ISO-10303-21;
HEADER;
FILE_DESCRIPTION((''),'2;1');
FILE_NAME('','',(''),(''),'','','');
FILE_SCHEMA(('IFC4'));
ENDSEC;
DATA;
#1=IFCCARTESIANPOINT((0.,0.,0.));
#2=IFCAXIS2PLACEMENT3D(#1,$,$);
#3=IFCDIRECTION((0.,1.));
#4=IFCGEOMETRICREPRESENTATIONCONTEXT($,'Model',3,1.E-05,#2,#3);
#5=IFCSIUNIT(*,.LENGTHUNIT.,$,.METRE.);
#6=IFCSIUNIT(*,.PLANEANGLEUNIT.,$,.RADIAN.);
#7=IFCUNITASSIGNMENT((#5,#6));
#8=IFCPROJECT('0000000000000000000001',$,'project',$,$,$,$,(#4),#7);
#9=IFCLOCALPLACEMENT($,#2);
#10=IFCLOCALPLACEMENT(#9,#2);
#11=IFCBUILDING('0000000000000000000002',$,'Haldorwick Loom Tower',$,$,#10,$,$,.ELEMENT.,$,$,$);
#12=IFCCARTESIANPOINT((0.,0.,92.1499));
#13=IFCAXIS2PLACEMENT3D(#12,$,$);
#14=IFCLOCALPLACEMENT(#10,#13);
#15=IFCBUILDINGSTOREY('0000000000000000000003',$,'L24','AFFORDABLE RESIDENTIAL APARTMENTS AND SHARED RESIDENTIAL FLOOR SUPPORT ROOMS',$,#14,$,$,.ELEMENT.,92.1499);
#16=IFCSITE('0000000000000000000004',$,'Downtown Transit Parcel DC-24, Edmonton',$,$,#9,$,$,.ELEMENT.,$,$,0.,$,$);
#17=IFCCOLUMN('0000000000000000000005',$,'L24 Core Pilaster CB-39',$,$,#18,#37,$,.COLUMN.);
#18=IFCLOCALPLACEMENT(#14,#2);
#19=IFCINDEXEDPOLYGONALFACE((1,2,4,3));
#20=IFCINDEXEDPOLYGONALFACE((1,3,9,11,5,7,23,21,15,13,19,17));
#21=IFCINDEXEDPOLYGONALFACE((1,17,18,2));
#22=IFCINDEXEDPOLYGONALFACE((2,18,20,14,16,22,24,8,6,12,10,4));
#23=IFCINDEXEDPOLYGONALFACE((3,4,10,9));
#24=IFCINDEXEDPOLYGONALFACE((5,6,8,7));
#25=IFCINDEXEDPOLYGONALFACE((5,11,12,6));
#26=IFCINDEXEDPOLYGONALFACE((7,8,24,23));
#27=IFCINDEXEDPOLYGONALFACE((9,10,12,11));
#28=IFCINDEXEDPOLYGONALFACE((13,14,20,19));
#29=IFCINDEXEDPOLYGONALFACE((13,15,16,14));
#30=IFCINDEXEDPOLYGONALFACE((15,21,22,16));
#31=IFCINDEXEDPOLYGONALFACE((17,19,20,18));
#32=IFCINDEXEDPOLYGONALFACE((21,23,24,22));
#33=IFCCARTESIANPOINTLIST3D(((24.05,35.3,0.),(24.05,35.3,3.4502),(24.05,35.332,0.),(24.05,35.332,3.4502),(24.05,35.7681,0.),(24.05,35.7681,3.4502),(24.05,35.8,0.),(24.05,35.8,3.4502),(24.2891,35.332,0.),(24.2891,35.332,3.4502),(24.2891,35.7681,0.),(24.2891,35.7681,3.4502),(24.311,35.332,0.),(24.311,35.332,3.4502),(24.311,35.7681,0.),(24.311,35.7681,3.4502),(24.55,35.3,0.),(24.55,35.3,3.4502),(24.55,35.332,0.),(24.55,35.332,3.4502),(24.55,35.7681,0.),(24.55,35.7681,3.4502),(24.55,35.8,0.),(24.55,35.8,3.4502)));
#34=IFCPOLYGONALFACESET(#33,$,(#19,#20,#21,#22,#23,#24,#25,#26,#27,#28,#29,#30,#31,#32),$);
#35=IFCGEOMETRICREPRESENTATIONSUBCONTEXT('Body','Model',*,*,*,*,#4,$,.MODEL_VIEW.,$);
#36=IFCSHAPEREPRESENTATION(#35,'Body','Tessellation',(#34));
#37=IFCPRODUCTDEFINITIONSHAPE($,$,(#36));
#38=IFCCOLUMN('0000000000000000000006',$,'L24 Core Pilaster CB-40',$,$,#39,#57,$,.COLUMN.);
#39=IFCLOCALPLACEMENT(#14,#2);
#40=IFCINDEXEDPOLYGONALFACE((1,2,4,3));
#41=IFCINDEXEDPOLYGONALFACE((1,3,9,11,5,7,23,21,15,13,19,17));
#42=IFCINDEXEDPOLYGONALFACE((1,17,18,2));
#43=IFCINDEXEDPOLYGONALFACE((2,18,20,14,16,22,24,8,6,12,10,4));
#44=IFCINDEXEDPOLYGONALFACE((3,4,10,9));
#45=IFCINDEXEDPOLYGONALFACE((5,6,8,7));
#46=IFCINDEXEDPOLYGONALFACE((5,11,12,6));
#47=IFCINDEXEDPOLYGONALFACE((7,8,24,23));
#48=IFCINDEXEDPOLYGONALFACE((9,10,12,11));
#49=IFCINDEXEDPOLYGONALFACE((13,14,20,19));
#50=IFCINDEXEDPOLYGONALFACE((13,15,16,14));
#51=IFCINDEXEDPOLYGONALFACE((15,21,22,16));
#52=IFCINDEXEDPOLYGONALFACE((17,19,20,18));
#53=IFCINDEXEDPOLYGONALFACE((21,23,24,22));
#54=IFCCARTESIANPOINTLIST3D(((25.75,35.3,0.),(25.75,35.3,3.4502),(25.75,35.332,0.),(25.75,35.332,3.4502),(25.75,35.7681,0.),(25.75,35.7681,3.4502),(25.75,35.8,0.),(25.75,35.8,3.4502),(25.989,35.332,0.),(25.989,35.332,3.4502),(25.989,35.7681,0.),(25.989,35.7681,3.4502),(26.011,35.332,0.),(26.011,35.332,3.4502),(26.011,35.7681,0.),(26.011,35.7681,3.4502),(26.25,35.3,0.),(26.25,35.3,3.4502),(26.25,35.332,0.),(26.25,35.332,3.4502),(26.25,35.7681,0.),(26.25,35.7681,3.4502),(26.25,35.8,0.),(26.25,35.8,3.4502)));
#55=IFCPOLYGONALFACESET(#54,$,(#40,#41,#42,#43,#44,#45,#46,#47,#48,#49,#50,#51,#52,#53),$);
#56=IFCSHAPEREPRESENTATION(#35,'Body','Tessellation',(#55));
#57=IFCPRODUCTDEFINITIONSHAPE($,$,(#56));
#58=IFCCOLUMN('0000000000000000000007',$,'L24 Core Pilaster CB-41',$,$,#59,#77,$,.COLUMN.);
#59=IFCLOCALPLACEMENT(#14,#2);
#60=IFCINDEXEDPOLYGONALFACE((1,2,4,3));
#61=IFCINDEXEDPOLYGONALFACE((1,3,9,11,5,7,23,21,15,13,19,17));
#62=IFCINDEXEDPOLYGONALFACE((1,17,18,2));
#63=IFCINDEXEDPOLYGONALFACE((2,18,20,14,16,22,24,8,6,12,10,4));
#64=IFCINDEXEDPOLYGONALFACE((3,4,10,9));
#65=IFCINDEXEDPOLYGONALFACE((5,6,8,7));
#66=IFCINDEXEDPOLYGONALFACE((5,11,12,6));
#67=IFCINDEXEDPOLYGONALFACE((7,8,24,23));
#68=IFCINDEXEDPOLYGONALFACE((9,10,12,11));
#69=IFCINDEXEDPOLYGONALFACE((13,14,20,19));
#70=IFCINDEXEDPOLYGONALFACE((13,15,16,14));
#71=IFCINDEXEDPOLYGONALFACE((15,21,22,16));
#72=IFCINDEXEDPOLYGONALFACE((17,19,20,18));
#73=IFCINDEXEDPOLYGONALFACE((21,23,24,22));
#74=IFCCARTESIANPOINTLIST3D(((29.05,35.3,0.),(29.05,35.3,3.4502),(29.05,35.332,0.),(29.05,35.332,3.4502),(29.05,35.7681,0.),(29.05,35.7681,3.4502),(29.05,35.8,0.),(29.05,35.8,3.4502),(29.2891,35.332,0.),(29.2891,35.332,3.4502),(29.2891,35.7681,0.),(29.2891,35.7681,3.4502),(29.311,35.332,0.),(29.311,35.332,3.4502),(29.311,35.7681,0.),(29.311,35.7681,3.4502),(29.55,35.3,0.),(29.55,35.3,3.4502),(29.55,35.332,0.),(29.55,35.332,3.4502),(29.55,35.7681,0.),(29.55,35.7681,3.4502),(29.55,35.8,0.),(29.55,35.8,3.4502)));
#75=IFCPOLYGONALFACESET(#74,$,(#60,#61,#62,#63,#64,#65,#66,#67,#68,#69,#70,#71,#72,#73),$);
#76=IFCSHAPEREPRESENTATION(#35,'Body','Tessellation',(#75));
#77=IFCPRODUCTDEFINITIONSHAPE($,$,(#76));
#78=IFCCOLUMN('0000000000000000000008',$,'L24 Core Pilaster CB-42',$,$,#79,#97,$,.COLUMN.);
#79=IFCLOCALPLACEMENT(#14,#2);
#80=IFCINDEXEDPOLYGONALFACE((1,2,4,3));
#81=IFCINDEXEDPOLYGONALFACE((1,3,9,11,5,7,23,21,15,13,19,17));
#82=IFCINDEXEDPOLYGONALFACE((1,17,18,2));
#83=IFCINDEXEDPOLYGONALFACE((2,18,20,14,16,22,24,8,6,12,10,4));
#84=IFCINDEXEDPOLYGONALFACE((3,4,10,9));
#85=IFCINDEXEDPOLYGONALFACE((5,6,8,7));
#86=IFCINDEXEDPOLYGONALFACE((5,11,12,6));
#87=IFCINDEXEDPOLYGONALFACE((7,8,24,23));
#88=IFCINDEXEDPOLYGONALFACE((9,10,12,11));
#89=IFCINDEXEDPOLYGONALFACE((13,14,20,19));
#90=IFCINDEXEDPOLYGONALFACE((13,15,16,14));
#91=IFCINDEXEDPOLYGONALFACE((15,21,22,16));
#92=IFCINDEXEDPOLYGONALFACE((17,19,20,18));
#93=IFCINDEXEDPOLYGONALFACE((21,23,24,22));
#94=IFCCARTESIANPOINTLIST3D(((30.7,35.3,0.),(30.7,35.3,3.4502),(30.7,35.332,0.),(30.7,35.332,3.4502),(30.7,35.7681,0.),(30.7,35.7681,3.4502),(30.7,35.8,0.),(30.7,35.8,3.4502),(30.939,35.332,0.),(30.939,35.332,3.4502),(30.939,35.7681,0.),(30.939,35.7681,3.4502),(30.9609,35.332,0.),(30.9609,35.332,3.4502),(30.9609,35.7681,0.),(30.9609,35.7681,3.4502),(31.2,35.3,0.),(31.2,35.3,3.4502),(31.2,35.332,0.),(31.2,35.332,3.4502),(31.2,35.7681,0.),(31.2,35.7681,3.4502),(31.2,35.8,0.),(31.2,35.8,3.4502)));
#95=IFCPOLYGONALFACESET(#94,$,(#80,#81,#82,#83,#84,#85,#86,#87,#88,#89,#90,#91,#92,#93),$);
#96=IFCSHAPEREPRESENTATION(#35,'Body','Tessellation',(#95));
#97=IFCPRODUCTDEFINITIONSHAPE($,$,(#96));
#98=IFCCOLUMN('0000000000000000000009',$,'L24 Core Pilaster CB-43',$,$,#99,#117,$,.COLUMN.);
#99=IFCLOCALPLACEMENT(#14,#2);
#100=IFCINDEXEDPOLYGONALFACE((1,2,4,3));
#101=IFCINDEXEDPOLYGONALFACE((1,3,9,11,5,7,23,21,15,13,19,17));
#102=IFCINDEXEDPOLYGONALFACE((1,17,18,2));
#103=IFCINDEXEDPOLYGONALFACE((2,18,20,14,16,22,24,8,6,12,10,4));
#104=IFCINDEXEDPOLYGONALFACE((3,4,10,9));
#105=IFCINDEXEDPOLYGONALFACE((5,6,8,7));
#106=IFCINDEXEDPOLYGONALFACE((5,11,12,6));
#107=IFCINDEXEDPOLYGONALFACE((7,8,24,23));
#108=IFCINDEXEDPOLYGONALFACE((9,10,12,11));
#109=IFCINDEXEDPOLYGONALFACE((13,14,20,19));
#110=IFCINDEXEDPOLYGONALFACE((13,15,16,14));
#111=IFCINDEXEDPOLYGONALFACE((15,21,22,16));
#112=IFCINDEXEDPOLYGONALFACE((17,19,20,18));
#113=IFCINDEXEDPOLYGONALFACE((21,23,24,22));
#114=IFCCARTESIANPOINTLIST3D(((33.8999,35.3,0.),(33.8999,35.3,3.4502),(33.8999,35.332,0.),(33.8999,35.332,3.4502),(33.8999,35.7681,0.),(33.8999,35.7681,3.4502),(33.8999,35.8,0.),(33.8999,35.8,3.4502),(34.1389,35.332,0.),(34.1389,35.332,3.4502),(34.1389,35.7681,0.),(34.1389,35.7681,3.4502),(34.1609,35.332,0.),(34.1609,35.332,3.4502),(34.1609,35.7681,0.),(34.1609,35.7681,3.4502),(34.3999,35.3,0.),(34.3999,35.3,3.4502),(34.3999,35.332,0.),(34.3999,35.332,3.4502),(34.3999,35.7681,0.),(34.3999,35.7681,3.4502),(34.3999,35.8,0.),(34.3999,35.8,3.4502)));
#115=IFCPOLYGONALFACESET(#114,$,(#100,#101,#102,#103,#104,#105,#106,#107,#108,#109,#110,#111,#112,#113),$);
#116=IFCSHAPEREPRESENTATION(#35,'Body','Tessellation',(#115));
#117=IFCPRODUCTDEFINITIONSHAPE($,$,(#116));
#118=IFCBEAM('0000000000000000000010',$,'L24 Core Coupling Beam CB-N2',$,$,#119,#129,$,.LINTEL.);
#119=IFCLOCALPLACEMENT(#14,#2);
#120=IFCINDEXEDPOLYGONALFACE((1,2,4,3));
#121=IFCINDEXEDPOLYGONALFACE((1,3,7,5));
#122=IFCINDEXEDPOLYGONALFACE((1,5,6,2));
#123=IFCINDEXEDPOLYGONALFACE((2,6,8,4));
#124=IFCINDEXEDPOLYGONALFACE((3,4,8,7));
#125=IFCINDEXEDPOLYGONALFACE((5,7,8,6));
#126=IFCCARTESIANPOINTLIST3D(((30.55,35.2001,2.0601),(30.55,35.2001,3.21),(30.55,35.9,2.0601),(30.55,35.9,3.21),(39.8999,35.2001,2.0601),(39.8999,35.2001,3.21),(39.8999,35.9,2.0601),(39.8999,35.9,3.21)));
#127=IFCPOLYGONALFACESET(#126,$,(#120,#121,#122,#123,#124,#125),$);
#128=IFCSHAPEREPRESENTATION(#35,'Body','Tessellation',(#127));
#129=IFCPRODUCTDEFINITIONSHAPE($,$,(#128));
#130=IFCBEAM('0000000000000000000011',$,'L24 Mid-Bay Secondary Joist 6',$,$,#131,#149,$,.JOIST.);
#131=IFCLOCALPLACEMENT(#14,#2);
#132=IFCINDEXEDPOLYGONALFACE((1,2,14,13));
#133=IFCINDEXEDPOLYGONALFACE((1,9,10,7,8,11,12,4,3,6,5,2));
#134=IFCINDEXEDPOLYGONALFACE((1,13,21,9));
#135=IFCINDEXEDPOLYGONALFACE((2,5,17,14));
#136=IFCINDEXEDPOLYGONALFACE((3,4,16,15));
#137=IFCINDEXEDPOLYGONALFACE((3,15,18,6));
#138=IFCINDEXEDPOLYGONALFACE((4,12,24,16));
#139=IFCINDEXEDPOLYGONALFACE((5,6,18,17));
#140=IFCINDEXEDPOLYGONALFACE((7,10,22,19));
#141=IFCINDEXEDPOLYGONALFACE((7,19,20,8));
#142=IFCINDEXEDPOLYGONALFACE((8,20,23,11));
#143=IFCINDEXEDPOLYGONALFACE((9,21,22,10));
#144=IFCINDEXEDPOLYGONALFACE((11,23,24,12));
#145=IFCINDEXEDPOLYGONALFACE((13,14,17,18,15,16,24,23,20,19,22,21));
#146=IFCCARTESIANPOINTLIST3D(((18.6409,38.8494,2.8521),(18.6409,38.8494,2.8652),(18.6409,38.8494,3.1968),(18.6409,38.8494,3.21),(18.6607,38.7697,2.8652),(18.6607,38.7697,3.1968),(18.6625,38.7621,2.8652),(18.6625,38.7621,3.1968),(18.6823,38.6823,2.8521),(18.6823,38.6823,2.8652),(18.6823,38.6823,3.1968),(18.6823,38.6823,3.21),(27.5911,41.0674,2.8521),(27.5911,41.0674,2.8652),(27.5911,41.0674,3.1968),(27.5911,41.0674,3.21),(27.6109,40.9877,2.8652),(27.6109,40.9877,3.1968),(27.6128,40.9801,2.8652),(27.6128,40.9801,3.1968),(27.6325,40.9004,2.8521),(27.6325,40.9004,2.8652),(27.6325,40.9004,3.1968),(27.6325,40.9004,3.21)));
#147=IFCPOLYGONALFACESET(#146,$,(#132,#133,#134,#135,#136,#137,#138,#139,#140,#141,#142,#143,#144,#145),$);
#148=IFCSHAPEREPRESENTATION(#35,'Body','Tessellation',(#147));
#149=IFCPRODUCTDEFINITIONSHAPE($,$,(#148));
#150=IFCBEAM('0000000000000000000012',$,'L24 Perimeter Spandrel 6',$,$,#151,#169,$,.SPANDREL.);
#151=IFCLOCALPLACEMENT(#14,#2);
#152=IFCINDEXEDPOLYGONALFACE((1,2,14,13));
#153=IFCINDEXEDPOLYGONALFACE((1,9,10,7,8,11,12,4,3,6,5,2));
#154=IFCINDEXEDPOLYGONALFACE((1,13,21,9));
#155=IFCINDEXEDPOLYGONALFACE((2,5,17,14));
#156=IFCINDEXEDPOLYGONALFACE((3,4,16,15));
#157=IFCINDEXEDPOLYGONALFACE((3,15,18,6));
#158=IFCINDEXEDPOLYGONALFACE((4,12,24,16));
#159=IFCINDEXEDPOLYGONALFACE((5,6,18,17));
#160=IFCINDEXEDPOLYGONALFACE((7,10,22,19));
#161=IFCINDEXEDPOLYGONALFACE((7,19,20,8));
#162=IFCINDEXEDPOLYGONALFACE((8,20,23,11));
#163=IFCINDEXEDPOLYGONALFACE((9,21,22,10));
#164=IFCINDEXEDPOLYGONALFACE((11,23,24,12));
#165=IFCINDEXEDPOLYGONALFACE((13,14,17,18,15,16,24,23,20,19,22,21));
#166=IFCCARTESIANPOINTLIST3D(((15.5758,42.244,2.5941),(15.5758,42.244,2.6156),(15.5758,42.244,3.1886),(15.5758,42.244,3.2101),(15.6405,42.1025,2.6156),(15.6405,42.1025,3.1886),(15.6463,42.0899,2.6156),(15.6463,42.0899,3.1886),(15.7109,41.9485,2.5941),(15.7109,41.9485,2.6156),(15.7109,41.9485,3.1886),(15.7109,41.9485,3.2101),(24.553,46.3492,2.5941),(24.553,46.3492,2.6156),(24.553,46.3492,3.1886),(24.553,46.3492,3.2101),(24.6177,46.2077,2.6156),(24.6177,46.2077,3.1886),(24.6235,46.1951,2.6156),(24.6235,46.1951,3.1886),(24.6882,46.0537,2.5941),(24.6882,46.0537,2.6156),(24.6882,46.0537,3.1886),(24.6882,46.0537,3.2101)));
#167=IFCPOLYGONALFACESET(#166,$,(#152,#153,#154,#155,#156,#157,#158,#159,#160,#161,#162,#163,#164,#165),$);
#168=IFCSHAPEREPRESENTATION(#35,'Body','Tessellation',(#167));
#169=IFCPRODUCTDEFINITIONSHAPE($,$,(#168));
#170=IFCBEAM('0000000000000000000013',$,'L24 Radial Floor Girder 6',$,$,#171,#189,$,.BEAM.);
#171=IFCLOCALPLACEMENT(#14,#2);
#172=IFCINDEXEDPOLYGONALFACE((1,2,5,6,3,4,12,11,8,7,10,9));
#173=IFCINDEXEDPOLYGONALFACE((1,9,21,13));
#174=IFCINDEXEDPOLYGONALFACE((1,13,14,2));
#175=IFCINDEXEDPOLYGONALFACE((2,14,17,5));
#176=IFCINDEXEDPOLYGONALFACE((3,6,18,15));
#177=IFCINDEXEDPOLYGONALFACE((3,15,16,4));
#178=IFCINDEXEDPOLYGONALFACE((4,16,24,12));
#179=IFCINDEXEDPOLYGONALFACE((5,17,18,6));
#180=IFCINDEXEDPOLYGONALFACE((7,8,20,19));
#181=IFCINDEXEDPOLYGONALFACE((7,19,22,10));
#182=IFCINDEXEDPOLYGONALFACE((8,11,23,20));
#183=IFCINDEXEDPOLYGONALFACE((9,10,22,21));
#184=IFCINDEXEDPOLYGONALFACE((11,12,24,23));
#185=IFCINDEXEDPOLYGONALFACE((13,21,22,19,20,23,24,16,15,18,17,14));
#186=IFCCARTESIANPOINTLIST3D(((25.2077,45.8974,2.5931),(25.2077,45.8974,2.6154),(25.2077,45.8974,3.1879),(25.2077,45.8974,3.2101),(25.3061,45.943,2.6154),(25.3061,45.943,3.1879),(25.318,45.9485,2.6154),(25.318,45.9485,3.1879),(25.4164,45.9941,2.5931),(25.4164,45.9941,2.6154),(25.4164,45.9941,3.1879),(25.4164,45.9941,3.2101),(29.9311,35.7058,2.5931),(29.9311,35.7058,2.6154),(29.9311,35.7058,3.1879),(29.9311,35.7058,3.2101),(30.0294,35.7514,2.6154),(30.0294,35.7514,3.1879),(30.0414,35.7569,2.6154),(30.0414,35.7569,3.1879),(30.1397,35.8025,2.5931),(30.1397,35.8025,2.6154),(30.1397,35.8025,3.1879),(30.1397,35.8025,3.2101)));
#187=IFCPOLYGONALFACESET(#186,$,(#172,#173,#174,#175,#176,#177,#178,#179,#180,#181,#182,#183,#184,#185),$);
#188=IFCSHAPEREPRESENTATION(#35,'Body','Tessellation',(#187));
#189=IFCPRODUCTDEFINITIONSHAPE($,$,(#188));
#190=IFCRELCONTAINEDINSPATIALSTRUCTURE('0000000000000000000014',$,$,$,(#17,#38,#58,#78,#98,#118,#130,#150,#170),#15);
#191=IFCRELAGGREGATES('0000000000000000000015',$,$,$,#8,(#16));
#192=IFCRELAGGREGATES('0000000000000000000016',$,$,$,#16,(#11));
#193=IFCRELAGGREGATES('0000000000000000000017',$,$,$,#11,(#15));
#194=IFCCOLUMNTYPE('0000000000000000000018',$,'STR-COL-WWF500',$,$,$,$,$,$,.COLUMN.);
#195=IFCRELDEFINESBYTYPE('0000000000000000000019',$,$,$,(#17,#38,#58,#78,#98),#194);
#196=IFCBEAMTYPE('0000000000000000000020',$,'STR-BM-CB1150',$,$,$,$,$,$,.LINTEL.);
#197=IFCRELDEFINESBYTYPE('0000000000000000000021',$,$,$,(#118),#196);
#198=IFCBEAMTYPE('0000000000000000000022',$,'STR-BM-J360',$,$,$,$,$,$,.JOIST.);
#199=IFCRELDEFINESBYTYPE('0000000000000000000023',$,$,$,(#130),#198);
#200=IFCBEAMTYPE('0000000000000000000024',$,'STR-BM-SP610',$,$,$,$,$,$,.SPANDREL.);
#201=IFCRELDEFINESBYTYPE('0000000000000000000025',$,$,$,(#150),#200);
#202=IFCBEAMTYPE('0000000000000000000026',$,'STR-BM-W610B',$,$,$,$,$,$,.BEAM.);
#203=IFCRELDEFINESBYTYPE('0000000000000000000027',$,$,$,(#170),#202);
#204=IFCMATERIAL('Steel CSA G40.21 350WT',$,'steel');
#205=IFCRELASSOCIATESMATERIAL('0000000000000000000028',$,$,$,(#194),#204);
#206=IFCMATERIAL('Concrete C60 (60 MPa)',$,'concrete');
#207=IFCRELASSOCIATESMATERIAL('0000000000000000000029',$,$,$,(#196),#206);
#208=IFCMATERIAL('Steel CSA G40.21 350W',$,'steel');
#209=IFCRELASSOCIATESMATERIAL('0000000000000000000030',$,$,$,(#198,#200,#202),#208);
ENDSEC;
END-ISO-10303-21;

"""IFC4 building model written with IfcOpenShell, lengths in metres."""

from ifc_helpers import new_model, si_unit, direction, frame, origin, origin_2d, place, context, subcontext, project, spatial, rectangle, i_section, extrude, material, material_profile, profile_set, type_object, element, save


model = new_model("IFC4")

# Units and contexts
model_context = context("Model", 3, precision=1e-05, world=origin(), true_north=direction((0.0, 1.0)))
body_context = subcontext(model_context, "Body", "Model", "MODEL_VIEW")
ifc_project = project(units=[si_unit("LENGTHUNIT", "METRE"), si_unit("PLANEANGLEUNIT", "RADIAN")], contexts=[model_context])

# Site, building, storey
site_placement = place(None, origin())
site = spatial("IfcSite", under=ifc_project, at=site_placement, Name="Downtown Transit Parcel DC-24, Edmonton", CompositionType="ELEMENT", RefElevation=0.0)
building_placement = place(site_placement, origin())
building = spatial("IfcBuilding", under=site, at=building_placement, Name="Haldorwick Loom Tower", CompositionType="ELEMENT")
storey_placement = place(building_placement, frame((0.0, 0.0, 92.1499)))
storey = spatial("IfcBuildingStorey", under=building, at=storey_placement, Name="L24", Description="AFFORDABLE RESIDENTIAL APARTMENTS AND SHARED RESIDENTIAL FLOOR SUPPORT ROOMS", CompositionType="ELEMENT", Elevation=92.1499)

# Columns
ifc_material_1 = material(Name="Concrete C60 (60 MPa)", Category="concrete")
ifc_material_2 = material(Name="Steel CSA G40.21 350WT", Category="steel")
ifc_material_profile_1 = material_profile(ifc_material_2, i_section(OverallWidth=0.5, OverallDepth=0.5, WebThickness=0.022, FlangeThickness=0.032, at=origin_2d()), Name="WWF500X500", Category="steel")
ifc_profile_set_1 = profile_set([ifc_material_profile_1], Name="Steel CSA G40.21 350WT")
column_type_1 = type_object("IfcColumnType", Name="STR-COL-WWF500", PredefinedType="COLUMN", material=ifc_profile_set_1)
for number, where, z_axis, x_axis, name in (
    (1, (24.3, 35.55, 0.0), (0.0, 0.0, 1.0), (1.0, 0.0, 0.0), "L24 Core Pilaster CB-39"),
    (2, (26.0, 35.55, 0.0), (0.0, 0.0, 1.0), (1.0, 0.0, 0.0), "L24 Core Pilaster CB-40"),
    (3, (29.3, 35.55, 0.0), (0.0, 0.0, 1.0), (1.0, 0.0, 0.0), "L24 Core Pilaster CB-41"),
    (4, (30.95, 35.55, 0.0), (0.0, 0.0, 1.0), (1.0, 0.0, 0.0), "L24 Core Pilaster CB-42"),
    (5, (34.1499, 35.55, 0.0), (0.0, 0.0, 1.0), (1.0, 0.0, 0.0), "L24 Core Pilaster CB-43"),
):
    element("IfcColumn", number, at=place(storey_placement, frame(where, z_axis=z_axis, x_axis=x_axis)), inside=storey, type_object=column_type_1, Name=name, PredefinedType="COLUMN", context=body_context, shape_type="SweptSolid", body=[
        extrude(i_section(OverallWidth=0.5, OverallDepth=0.5, WebThickness=0.022, FlangeThickness=0.032, at=origin_2d()), origin(), (0.0, 0.0, 1.0), 3.4502),
    ])

# Beams
ifc_material_profile_2 = material_profile(ifc_material_1, rectangle(XDim=0.7, YDim=1.1499, at=origin_2d()), Name="RC700X1150", Category="concrete")
ifc_profile_set_2 = profile_set([ifc_material_profile_2], Name="Concrete C60 (60 MPa)")
beam_type_1 = type_object("IfcBeamType", Name="STR-BM-CB1150", PredefinedType="LINTEL", material=ifc_profile_set_2)
beam_1_placement = place(storey_placement, frame((30.55, 35.55, 2.635), z_axis=(1.0, 0.0, 0.0), x_axis=(0.0, 1.0, 0.0)))
element("IfcBeam", 6, at=beam_1_placement, inside=storey, type_object=beam_type_1, Name="L24 Core Coupling Beam CB-N2", PredefinedType="LINTEL", context=body_context, shape_type="SweptSolid", body=[
    extrude(rectangle(XDim=0.7, YDim=1.1499, at=origin_2d()), origin(), (0.0, 0.0, 1.0), 9.3499),
])
ifc_material_3 = material(Name="Steel CSA G40.21 350W", Category="steel")
ifc_material_profile_3 = material_profile(ifc_material_3, i_section(OverallWidth=0.1721, OverallDepth=0.3579, WebThickness=0.0078, FlangeThickness=0.0132, at=origin_2d()), Name="W360X57", Category="steel")
ifc_profile_set_3 = profile_set([ifc_material_profile_3], Name="Steel CSA G40.21 350W")
beam_type_2 = type_object("IfcBeamType", Name="STR-BM-J360", PredefinedType="JOIST", material=ifc_profile_set_3)
beam_2_placement = place(storey_placement, frame((27.6118, 40.9839, 3.031), z_axis=(-0.970639, -0.240542, 0.0), x_axis=(0.240542, -0.970639, 0.0)))
element("IfcBeam", 7, at=beam_2_placement, inside=storey, type_object=beam_type_2, Name="L24 Mid-Bay Secondary Joist 6", PredefinedType="JOIST", context=body_context, shape_type="SweptSolid", body=[
    extrude(i_section(OverallWidth=0.1721, OverallDepth=0.3579, WebThickness=0.0078, FlangeThickness=0.0132, at=origin_2d()), origin(), (0.0, 0.0, 1.0), 9.2209),
])
ifc_material_profile_4 = material_profile(ifc_material_3, i_section(OverallWidth=0.325, OverallDepth=0.616, WebThickness=0.0139, FlangeThickness=0.0215, at=origin_2d()), Name="W610X174", Category="steel")
ifc_profile_set_4 = profile_set([ifc_material_profile_4], Name="Steel CSA G40.21 350W")
beam_type_3 = type_object("IfcBeamType", Name="STR-BM-SP610", PredefinedType="SPANDREL", material=ifc_profile_set_4)
beam_3_placement = place(storey_placement, frame((24.6206, 46.2014, 2.9021), z_axis=(-0.909424, -0.41587, 0.0), x_axis=(0.41587, -0.909424, 0.0)))
element("IfcBeam", 8, at=beam_3_placement, inside=storey, type_object=beam_type_3, Name="L24 Perimeter Spandrel 6", PredefinedType="SPANDREL", context=body_context, shape_type="SweptSolid", body=[
    extrude(i_section(OverallWidth=0.325, OverallDepth=0.616, WebThickness=0.0139, FlangeThickness=0.0215, at=origin_2d()), origin(), (0.0, 0.0, 1.0), 9.8713),
])
ifc_material_profile_5 = material_profile(ifc_material_3, i_section(OverallWidth=0.23, OverallDepth=0.6169, WebThickness=0.0132, FlangeThickness=0.0222, at=origin_2d()), Name="W610X140", Category="steel")
ifc_profile_set_5 = profile_set([ifc_material_profile_5], Name="Steel CSA G40.21 350W")
beam_type_4 = type_object("IfcBeamType", Name="STR-BM-W610B", PredefinedType="BEAM", material=ifc_profile_set_5)
beam_4_placement = place(storey_placement, frame((30.0354, 35.7542, 2.9016), z_axis=(-0.420492, 0.907296, 0.0), x_axis=(-0.907296, -0.420492, 0.0)))
element("IfcBeam", 9, at=beam_4_placement, inside=storey, type_object=beam_type_4, Name="L24 Radial Floor Girder 6", PredefinedType="BEAM", context=body_context, shape_type="SweptSolid", body=[
    extrude(i_section(OverallWidth=0.23, OverallDepth=0.6169, WebThickness=0.0132, FlangeThickness=0.0222, at=origin_2d()), origin(), (0.0, 0.0, 1.0), 11.2329),
])

save(model, "model.ifc")
